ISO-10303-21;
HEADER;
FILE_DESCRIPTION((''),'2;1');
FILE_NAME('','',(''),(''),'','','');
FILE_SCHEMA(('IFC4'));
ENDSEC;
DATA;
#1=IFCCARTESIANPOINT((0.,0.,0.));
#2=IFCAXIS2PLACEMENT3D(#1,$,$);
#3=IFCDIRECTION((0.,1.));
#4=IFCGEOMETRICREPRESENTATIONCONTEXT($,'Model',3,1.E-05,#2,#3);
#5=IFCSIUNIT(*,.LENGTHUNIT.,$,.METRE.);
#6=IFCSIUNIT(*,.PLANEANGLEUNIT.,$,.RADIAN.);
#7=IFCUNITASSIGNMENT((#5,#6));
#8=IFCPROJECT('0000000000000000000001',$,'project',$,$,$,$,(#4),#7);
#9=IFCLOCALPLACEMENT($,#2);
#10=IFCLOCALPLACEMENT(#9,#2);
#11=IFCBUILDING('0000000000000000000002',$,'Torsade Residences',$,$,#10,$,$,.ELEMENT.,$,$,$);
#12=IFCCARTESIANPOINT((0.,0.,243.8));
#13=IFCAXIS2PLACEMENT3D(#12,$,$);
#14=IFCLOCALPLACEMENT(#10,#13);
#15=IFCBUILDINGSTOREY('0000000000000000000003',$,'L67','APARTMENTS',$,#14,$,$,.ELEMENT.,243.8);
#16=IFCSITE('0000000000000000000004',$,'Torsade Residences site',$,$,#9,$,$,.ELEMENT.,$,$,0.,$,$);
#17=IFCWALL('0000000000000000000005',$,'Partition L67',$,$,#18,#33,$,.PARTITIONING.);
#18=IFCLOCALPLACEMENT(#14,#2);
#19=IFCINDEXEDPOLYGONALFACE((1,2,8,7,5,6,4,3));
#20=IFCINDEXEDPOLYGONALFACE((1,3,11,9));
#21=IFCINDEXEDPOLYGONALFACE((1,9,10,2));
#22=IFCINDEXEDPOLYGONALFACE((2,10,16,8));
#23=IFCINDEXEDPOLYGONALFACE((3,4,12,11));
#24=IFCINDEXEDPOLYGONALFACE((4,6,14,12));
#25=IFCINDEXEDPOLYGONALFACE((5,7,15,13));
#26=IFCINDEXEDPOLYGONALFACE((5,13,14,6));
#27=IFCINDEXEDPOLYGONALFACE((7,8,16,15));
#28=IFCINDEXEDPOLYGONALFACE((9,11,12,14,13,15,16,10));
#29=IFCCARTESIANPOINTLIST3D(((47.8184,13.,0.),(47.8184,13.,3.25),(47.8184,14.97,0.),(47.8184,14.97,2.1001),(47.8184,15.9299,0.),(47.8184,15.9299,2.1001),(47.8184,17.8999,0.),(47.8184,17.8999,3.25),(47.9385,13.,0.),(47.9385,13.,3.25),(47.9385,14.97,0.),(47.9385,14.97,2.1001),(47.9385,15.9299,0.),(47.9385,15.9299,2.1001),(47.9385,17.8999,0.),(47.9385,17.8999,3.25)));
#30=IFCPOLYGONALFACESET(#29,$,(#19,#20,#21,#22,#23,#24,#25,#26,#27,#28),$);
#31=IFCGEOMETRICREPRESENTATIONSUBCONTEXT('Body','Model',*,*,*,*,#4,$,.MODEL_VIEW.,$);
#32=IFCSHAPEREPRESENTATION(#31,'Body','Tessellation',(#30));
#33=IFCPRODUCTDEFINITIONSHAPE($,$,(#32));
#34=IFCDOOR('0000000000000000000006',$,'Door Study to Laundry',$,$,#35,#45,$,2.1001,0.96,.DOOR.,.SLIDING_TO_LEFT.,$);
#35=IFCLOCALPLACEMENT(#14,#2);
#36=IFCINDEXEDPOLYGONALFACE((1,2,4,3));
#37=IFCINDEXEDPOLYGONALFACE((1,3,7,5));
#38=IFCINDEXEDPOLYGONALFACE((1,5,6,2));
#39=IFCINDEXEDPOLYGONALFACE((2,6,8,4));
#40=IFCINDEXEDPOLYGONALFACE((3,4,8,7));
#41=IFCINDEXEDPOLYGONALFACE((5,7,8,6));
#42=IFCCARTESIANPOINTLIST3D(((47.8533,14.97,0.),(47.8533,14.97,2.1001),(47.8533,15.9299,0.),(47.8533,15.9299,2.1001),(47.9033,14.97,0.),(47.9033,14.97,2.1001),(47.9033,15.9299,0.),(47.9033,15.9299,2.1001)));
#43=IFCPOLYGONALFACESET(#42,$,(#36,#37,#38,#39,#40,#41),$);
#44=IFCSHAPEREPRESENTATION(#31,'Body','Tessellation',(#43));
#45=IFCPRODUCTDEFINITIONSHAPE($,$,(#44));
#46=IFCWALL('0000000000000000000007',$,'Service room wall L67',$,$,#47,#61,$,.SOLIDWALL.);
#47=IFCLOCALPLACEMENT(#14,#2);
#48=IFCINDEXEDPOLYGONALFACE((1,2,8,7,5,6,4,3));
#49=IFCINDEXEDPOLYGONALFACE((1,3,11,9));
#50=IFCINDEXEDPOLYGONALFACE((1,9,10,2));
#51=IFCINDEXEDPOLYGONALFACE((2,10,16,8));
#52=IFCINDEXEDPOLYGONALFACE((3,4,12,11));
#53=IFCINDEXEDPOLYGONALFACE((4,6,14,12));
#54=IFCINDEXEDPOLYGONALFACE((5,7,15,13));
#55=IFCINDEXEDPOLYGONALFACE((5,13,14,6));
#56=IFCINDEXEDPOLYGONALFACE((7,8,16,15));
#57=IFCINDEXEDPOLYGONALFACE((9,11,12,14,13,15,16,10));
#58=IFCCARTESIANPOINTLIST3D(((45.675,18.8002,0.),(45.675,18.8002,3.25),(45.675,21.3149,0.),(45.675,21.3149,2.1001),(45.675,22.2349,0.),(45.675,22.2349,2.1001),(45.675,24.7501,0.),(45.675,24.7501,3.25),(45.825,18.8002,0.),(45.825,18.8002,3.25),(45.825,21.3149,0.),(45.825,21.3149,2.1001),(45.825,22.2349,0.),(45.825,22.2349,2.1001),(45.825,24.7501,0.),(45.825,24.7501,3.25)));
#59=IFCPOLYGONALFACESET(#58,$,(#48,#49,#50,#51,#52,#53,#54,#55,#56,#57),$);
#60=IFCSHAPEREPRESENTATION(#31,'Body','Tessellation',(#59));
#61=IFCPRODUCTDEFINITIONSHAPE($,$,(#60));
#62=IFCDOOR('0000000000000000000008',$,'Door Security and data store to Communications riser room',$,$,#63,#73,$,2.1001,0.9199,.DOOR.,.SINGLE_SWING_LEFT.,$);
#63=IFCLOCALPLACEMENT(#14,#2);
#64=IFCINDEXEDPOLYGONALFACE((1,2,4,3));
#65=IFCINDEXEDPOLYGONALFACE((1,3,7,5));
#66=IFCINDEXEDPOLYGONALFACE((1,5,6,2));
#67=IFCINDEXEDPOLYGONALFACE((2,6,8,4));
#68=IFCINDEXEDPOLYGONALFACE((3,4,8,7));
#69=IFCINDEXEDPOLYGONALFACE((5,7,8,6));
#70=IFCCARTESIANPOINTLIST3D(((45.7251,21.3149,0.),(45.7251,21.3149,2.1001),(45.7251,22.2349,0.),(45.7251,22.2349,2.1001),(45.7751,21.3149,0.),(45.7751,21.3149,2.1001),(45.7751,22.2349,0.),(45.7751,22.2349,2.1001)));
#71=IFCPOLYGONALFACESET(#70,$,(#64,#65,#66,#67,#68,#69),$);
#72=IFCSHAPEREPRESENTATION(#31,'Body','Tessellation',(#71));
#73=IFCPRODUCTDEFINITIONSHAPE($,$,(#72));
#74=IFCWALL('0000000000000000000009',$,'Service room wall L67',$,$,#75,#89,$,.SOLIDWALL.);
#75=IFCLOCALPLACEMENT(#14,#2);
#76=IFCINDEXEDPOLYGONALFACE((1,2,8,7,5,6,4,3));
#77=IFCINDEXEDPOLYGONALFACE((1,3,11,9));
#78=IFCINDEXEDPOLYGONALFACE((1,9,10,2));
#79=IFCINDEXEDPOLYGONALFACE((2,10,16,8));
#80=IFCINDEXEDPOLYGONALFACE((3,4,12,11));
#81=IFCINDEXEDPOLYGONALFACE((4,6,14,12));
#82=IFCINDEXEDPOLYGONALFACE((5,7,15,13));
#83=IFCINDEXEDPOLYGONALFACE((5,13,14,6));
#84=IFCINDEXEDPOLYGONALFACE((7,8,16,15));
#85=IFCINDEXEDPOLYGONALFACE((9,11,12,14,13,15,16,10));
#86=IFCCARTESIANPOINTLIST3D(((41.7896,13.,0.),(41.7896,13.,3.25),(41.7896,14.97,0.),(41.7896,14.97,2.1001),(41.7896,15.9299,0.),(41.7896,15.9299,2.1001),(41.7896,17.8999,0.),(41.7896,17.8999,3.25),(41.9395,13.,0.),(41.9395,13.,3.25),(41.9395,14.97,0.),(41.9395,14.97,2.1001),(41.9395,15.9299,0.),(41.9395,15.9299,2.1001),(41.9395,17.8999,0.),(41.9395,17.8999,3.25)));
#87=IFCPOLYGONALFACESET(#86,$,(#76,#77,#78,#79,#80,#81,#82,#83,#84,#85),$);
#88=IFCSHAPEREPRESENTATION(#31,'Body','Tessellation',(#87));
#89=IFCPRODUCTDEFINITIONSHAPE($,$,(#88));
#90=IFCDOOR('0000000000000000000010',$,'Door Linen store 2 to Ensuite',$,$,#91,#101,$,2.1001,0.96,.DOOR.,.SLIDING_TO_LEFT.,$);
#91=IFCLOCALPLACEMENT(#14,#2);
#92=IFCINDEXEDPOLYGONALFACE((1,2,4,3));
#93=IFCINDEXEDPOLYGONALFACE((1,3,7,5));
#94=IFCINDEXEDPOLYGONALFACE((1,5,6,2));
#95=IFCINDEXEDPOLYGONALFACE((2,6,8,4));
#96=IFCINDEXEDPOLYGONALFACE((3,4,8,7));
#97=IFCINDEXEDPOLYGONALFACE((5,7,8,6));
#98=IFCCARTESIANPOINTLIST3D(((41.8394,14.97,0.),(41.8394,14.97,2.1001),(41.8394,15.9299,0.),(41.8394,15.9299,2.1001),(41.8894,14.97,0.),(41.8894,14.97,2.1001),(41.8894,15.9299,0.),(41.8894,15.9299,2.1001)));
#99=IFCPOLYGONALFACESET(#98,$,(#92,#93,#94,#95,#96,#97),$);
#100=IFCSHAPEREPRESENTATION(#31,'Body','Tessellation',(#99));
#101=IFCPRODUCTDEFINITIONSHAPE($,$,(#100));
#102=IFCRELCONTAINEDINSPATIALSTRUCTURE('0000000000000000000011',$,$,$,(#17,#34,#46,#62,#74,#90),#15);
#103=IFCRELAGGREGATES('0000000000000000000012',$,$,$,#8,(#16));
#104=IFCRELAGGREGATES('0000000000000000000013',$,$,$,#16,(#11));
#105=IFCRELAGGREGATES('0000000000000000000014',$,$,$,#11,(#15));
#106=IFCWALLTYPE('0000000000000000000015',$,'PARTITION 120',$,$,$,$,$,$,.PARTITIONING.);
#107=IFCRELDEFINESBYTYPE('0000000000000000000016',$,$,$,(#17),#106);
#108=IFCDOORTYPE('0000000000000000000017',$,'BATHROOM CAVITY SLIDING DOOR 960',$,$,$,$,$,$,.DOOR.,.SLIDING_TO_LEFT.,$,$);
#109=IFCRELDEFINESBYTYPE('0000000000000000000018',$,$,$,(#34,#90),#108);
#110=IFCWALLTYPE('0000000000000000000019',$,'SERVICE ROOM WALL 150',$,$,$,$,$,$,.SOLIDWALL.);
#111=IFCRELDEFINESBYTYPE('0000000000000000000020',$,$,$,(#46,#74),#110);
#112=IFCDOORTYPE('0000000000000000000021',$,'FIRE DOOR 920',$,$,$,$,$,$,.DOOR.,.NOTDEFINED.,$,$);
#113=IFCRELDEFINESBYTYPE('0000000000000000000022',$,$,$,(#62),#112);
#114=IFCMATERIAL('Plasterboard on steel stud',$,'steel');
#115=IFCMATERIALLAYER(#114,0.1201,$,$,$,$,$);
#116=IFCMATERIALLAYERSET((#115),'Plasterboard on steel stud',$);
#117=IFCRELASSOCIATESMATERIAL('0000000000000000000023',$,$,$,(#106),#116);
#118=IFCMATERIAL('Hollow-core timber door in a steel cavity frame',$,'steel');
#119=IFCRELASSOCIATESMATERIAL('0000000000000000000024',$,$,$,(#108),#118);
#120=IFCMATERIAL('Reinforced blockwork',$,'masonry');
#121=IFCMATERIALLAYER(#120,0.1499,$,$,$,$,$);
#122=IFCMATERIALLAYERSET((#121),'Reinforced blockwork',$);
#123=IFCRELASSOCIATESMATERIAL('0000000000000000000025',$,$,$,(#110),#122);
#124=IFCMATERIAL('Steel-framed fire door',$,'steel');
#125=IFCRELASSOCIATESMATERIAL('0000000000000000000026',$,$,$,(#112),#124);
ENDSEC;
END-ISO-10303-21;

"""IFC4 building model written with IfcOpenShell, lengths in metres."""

from ifc_helpers import new_model, si_unit, direction, frame, frame_2d, origin, place, context, subcontext, project, spatial, rectangle, extrude, material, layer, layer_set, type_object, element, fill, save


model = new_model("IFC4")

# Units and contexts
model_context = context("Model", 3, precision=1e-05, world=origin(), true_north=direction((0.0, 1.0)))
body_context = subcontext(model_context, "Body", "Model", "MODEL_VIEW")
ifc_project = project(units=[si_unit("LENGTHUNIT", "METRE"), si_unit("PLANEANGLEUNIT", "RADIAN")], contexts=[model_context])

# Site, building, storey
site_placement = place(None, origin())
site = spatial("IfcSite", under=ifc_project, at=site_placement, Name="Torsade Residences site", CompositionType="ELEMENT", RefElevation=0.0)
building_placement = place(site_placement, origin())
building = spatial("IfcBuilding", under=site, at=building_placement, Name="Torsade Residences", CompositionType="ELEMENT")
storey_placement = place(building_placement, frame((0.0, 0.0, 243.8)))
storey = spatial("IfcBuildingStorey", under=building, at=storey_placement, Name="L67", Description="APARTMENTS", CompositionType="ELEMENT", Elevation=243.8)

# Walls, openings, doors
ifc_material_1 = material(Name="Plasterboard on steel stud", Category="steel")
ifc_layer_1 = layer(ifc_material_1, 0.1201)
ifc_layer_set_1 = layer_set([ifc_layer_1], Name="Plasterboard on steel stud")
wall_type_1 = type_object("IfcWallType", Name="PARTITION 120", PredefinedType="PARTITIONING", material=ifc_layer_set_1)
wall_1_placement = place(storey_placement, frame((47.8784, 17.8999, 0.0), z_axis=(0.0, 0.0, 1.0), x_axis=(0.0, -1.0, 0.0)))
wall_1 = element("IfcWall", 1, at=wall_1_placement, inside=storey, type_object=wall_type_1, Name="Partition L67", PredefinedType="PARTITIONING", context=body_context, shape_type="SweptSolid", body=[
    extrude(rectangle(XDim=4.8999, YDim=0.1201, at=frame_2d((2.45, 0.0))), origin(), (0.0, 0.0, 1.0), 3.25),
])
opening_1_placement = place(wall_1_placement, frame((1.97, 0.0, 0.0)))
opening_1 = element("IfcOpeningElement", 2, at=opening_1_placement, cuts=wall_1, PredefinedType="OPENING", context=body_context, shape_type="SweptSolid", body=[
    extrude(rectangle(XDim=0.96, YDim=2.1001, at=frame_2d((0.48, 1.05))), frame((0.0, 0.0701, 0.0), z_axis=(0.0, -1.0, 0.0), x_axis=(1.0, 0.0, 0.0)), (0.0, 0.0, 1.0), 0.1401),
])
ifc_material_2 = material(Name="Hollow-core timber door in a steel cavity frame", Category="steel")
door_type_1 = type_object("IfcDoorType", Name="BATHROOM CAVITY SLIDING DOOR 960", OperationType="SLIDING_TO_LEFT", PredefinedType="DOOR", material=ifc_material_2)
door_1_placement = place(opening_1_placement, origin())
door_1 = element("IfcDoor", 3, at=door_1_placement, inside=storey, type_object=door_type_1, Name="Door Study to Laundry", OperationType="SLIDING_TO_LEFT", OverallHeight=2.1001, OverallWidth=0.96, PredefinedType="DOOR", context=body_context, shape_type="SweptSolid", body=[
    extrude(rectangle(XDim=0.96, YDim=2.1001, at=frame_2d((0.48, 1.05))), frame((0.0, 0.0249, 0.0), z_axis=(0.0, -1.0, 0.0), x_axis=(1.0, 0.0, 0.0)), (0.0, 0.0, 1.0), 0.05),
])
fill(opening_1, door_1)
ifc_material_3 = material(Name="Reinforced blockwork", Category="masonry")
ifc_layer_2 = layer(ifc_material_3, 0.1499)
ifc_layer_set_2 = layer_set([ifc_layer_2], Name="Reinforced blockwork")
wall_type_2 = type_object("IfcWallType", Name="SERVICE ROOM WALL 150", PredefinedType="SOLIDWALL", material=ifc_layer_set_2)
wall_2_placement = place(storey_placement, frame((45.75, 18.8, 0.0), z_axis=(0.0, 0.0, 1.0), x_axis=(0.0, 1.0, 0.0)))
wall_2 = element("IfcWall", 4, at=wall_2_placement, inside=storey, type_object=wall_type_2, Name="Service room wall L67", PredefinedType="SOLIDWALL", context=body_context, shape_type="SweptSolid", body=[
    extrude(rectangle(XDim=5.95, YDim=0.1499, at=frame_2d((2.9751, 0.0))), origin(), (0.0, 0.0, 1.0), 3.25),
])
opening_2_placement = place(wall_2_placement, frame((2.5149, 0.0, 0.0)))
opening_2 = element("IfcOpeningElement", 5, at=opening_2_placement, cuts=wall_2, PredefinedType="OPENING", context=body_context, shape_type="SweptSolid", body=[
    extrude(rectangle(XDim=0.9199, YDim=2.1001, at=frame_2d((0.46, 1.05))), frame((0.0, 0.085, 0.0), z_axis=(0.0, -1.0, 0.0), x_axis=(1.0, 0.0, 0.0)), (0.0, 0.0, 1.0), 0.1699),
])
ifc_material_4 = material(Name="Steel-framed fire door", Category="steel")
door_type_2 = type_object("IfcDoorType", Name="FIRE DOOR 920", OperationType="NOTDEFINED", PredefinedType="DOOR", material=ifc_material_4)
door_2_placement = place(opening_2_placement, origin())
door_2 = element("IfcDoor", 6, at=door_2_placement, inside=storey, type_object=door_type_2, Name="Door Security and data store to Communications riser room", OperationType="SINGLE_SWING_LEFT", OverallHeight=2.1001, OverallWidth=0.9199, PredefinedType="DOOR", context=body_context, shape_type="SweptSolid", body=[
    extrude(rectangle(XDim=0.9199, YDim=2.1001, at=frame_2d((0.46, 1.05))), frame((0.0, 0.0249, 0.0), z_axis=(0.0, -1.0, 0.0), x_axis=(1.0, 0.0, 0.0)), (0.0, 0.0, 1.0), 0.05),
])
fill(opening_2, door_2)
wall_3_placement = place(storey_placement, frame((41.8645, 17.8999, 0.0), z_axis=(0.0, 0.0, 1.0), x_axis=(0.0, -1.0, 0.0)))
wall_3 = element("IfcWall", 7, at=wall_3_placement, inside=storey, type_object=wall_type_2, Name="Service room wall L67", PredefinedType="SOLIDWALL", context=body_context, shape_type="SweptSolid", body=[
    extrude(rectangle(XDim=4.8999, YDim=0.1499, at=frame_2d((2.45, 0.0))), origin(), (0.0, 0.0, 1.0), 3.25),
])
opening_3_placement = place(wall_3_placement, frame((1.97, 0.0, 0.0)))
opening_3 = element("IfcOpeningElement", 8, at=opening_3_placement, cuts=wall_3, PredefinedType="OPENING", context=body_context, shape_type="SweptSolid", body=[
    extrude(rectangle(XDim=0.96, YDim=2.1001, at=frame_2d((0.48, 1.05))), frame((0.0, 0.085, 0.0), z_axis=(0.0, -1.0, 0.0), x_axis=(1.0, 0.0, 0.0)), (0.0, 0.0, 1.0), 0.1699),
])
door_3_placement = place(opening_3_placement, origin())
door_3 = element("IfcDoor", 9, at=door_3_placement, inside=storey, type_object=door_type_1, Name="Door Linen store 2 to Ensuite", OperationType="SLIDING_TO_LEFT", OverallHeight=2.1001, OverallWidth=0.96, PredefinedType="DOOR", context=body_context, shape_type="SweptSolid", body=[
    extrude(rectangle(XDim=0.96, YDim=2.1001, at=frame_2d((0.48, 1.05))), frame((0.0, 0.0249, 0.0), z_axis=(0.0, -1.0, 0.0), x_axis=(1.0, 0.0, 0.0)), (0.0, 0.0, 1.0), 0.05),
])
fill(opening_3, door_3)

save(model, "model.ifc")
